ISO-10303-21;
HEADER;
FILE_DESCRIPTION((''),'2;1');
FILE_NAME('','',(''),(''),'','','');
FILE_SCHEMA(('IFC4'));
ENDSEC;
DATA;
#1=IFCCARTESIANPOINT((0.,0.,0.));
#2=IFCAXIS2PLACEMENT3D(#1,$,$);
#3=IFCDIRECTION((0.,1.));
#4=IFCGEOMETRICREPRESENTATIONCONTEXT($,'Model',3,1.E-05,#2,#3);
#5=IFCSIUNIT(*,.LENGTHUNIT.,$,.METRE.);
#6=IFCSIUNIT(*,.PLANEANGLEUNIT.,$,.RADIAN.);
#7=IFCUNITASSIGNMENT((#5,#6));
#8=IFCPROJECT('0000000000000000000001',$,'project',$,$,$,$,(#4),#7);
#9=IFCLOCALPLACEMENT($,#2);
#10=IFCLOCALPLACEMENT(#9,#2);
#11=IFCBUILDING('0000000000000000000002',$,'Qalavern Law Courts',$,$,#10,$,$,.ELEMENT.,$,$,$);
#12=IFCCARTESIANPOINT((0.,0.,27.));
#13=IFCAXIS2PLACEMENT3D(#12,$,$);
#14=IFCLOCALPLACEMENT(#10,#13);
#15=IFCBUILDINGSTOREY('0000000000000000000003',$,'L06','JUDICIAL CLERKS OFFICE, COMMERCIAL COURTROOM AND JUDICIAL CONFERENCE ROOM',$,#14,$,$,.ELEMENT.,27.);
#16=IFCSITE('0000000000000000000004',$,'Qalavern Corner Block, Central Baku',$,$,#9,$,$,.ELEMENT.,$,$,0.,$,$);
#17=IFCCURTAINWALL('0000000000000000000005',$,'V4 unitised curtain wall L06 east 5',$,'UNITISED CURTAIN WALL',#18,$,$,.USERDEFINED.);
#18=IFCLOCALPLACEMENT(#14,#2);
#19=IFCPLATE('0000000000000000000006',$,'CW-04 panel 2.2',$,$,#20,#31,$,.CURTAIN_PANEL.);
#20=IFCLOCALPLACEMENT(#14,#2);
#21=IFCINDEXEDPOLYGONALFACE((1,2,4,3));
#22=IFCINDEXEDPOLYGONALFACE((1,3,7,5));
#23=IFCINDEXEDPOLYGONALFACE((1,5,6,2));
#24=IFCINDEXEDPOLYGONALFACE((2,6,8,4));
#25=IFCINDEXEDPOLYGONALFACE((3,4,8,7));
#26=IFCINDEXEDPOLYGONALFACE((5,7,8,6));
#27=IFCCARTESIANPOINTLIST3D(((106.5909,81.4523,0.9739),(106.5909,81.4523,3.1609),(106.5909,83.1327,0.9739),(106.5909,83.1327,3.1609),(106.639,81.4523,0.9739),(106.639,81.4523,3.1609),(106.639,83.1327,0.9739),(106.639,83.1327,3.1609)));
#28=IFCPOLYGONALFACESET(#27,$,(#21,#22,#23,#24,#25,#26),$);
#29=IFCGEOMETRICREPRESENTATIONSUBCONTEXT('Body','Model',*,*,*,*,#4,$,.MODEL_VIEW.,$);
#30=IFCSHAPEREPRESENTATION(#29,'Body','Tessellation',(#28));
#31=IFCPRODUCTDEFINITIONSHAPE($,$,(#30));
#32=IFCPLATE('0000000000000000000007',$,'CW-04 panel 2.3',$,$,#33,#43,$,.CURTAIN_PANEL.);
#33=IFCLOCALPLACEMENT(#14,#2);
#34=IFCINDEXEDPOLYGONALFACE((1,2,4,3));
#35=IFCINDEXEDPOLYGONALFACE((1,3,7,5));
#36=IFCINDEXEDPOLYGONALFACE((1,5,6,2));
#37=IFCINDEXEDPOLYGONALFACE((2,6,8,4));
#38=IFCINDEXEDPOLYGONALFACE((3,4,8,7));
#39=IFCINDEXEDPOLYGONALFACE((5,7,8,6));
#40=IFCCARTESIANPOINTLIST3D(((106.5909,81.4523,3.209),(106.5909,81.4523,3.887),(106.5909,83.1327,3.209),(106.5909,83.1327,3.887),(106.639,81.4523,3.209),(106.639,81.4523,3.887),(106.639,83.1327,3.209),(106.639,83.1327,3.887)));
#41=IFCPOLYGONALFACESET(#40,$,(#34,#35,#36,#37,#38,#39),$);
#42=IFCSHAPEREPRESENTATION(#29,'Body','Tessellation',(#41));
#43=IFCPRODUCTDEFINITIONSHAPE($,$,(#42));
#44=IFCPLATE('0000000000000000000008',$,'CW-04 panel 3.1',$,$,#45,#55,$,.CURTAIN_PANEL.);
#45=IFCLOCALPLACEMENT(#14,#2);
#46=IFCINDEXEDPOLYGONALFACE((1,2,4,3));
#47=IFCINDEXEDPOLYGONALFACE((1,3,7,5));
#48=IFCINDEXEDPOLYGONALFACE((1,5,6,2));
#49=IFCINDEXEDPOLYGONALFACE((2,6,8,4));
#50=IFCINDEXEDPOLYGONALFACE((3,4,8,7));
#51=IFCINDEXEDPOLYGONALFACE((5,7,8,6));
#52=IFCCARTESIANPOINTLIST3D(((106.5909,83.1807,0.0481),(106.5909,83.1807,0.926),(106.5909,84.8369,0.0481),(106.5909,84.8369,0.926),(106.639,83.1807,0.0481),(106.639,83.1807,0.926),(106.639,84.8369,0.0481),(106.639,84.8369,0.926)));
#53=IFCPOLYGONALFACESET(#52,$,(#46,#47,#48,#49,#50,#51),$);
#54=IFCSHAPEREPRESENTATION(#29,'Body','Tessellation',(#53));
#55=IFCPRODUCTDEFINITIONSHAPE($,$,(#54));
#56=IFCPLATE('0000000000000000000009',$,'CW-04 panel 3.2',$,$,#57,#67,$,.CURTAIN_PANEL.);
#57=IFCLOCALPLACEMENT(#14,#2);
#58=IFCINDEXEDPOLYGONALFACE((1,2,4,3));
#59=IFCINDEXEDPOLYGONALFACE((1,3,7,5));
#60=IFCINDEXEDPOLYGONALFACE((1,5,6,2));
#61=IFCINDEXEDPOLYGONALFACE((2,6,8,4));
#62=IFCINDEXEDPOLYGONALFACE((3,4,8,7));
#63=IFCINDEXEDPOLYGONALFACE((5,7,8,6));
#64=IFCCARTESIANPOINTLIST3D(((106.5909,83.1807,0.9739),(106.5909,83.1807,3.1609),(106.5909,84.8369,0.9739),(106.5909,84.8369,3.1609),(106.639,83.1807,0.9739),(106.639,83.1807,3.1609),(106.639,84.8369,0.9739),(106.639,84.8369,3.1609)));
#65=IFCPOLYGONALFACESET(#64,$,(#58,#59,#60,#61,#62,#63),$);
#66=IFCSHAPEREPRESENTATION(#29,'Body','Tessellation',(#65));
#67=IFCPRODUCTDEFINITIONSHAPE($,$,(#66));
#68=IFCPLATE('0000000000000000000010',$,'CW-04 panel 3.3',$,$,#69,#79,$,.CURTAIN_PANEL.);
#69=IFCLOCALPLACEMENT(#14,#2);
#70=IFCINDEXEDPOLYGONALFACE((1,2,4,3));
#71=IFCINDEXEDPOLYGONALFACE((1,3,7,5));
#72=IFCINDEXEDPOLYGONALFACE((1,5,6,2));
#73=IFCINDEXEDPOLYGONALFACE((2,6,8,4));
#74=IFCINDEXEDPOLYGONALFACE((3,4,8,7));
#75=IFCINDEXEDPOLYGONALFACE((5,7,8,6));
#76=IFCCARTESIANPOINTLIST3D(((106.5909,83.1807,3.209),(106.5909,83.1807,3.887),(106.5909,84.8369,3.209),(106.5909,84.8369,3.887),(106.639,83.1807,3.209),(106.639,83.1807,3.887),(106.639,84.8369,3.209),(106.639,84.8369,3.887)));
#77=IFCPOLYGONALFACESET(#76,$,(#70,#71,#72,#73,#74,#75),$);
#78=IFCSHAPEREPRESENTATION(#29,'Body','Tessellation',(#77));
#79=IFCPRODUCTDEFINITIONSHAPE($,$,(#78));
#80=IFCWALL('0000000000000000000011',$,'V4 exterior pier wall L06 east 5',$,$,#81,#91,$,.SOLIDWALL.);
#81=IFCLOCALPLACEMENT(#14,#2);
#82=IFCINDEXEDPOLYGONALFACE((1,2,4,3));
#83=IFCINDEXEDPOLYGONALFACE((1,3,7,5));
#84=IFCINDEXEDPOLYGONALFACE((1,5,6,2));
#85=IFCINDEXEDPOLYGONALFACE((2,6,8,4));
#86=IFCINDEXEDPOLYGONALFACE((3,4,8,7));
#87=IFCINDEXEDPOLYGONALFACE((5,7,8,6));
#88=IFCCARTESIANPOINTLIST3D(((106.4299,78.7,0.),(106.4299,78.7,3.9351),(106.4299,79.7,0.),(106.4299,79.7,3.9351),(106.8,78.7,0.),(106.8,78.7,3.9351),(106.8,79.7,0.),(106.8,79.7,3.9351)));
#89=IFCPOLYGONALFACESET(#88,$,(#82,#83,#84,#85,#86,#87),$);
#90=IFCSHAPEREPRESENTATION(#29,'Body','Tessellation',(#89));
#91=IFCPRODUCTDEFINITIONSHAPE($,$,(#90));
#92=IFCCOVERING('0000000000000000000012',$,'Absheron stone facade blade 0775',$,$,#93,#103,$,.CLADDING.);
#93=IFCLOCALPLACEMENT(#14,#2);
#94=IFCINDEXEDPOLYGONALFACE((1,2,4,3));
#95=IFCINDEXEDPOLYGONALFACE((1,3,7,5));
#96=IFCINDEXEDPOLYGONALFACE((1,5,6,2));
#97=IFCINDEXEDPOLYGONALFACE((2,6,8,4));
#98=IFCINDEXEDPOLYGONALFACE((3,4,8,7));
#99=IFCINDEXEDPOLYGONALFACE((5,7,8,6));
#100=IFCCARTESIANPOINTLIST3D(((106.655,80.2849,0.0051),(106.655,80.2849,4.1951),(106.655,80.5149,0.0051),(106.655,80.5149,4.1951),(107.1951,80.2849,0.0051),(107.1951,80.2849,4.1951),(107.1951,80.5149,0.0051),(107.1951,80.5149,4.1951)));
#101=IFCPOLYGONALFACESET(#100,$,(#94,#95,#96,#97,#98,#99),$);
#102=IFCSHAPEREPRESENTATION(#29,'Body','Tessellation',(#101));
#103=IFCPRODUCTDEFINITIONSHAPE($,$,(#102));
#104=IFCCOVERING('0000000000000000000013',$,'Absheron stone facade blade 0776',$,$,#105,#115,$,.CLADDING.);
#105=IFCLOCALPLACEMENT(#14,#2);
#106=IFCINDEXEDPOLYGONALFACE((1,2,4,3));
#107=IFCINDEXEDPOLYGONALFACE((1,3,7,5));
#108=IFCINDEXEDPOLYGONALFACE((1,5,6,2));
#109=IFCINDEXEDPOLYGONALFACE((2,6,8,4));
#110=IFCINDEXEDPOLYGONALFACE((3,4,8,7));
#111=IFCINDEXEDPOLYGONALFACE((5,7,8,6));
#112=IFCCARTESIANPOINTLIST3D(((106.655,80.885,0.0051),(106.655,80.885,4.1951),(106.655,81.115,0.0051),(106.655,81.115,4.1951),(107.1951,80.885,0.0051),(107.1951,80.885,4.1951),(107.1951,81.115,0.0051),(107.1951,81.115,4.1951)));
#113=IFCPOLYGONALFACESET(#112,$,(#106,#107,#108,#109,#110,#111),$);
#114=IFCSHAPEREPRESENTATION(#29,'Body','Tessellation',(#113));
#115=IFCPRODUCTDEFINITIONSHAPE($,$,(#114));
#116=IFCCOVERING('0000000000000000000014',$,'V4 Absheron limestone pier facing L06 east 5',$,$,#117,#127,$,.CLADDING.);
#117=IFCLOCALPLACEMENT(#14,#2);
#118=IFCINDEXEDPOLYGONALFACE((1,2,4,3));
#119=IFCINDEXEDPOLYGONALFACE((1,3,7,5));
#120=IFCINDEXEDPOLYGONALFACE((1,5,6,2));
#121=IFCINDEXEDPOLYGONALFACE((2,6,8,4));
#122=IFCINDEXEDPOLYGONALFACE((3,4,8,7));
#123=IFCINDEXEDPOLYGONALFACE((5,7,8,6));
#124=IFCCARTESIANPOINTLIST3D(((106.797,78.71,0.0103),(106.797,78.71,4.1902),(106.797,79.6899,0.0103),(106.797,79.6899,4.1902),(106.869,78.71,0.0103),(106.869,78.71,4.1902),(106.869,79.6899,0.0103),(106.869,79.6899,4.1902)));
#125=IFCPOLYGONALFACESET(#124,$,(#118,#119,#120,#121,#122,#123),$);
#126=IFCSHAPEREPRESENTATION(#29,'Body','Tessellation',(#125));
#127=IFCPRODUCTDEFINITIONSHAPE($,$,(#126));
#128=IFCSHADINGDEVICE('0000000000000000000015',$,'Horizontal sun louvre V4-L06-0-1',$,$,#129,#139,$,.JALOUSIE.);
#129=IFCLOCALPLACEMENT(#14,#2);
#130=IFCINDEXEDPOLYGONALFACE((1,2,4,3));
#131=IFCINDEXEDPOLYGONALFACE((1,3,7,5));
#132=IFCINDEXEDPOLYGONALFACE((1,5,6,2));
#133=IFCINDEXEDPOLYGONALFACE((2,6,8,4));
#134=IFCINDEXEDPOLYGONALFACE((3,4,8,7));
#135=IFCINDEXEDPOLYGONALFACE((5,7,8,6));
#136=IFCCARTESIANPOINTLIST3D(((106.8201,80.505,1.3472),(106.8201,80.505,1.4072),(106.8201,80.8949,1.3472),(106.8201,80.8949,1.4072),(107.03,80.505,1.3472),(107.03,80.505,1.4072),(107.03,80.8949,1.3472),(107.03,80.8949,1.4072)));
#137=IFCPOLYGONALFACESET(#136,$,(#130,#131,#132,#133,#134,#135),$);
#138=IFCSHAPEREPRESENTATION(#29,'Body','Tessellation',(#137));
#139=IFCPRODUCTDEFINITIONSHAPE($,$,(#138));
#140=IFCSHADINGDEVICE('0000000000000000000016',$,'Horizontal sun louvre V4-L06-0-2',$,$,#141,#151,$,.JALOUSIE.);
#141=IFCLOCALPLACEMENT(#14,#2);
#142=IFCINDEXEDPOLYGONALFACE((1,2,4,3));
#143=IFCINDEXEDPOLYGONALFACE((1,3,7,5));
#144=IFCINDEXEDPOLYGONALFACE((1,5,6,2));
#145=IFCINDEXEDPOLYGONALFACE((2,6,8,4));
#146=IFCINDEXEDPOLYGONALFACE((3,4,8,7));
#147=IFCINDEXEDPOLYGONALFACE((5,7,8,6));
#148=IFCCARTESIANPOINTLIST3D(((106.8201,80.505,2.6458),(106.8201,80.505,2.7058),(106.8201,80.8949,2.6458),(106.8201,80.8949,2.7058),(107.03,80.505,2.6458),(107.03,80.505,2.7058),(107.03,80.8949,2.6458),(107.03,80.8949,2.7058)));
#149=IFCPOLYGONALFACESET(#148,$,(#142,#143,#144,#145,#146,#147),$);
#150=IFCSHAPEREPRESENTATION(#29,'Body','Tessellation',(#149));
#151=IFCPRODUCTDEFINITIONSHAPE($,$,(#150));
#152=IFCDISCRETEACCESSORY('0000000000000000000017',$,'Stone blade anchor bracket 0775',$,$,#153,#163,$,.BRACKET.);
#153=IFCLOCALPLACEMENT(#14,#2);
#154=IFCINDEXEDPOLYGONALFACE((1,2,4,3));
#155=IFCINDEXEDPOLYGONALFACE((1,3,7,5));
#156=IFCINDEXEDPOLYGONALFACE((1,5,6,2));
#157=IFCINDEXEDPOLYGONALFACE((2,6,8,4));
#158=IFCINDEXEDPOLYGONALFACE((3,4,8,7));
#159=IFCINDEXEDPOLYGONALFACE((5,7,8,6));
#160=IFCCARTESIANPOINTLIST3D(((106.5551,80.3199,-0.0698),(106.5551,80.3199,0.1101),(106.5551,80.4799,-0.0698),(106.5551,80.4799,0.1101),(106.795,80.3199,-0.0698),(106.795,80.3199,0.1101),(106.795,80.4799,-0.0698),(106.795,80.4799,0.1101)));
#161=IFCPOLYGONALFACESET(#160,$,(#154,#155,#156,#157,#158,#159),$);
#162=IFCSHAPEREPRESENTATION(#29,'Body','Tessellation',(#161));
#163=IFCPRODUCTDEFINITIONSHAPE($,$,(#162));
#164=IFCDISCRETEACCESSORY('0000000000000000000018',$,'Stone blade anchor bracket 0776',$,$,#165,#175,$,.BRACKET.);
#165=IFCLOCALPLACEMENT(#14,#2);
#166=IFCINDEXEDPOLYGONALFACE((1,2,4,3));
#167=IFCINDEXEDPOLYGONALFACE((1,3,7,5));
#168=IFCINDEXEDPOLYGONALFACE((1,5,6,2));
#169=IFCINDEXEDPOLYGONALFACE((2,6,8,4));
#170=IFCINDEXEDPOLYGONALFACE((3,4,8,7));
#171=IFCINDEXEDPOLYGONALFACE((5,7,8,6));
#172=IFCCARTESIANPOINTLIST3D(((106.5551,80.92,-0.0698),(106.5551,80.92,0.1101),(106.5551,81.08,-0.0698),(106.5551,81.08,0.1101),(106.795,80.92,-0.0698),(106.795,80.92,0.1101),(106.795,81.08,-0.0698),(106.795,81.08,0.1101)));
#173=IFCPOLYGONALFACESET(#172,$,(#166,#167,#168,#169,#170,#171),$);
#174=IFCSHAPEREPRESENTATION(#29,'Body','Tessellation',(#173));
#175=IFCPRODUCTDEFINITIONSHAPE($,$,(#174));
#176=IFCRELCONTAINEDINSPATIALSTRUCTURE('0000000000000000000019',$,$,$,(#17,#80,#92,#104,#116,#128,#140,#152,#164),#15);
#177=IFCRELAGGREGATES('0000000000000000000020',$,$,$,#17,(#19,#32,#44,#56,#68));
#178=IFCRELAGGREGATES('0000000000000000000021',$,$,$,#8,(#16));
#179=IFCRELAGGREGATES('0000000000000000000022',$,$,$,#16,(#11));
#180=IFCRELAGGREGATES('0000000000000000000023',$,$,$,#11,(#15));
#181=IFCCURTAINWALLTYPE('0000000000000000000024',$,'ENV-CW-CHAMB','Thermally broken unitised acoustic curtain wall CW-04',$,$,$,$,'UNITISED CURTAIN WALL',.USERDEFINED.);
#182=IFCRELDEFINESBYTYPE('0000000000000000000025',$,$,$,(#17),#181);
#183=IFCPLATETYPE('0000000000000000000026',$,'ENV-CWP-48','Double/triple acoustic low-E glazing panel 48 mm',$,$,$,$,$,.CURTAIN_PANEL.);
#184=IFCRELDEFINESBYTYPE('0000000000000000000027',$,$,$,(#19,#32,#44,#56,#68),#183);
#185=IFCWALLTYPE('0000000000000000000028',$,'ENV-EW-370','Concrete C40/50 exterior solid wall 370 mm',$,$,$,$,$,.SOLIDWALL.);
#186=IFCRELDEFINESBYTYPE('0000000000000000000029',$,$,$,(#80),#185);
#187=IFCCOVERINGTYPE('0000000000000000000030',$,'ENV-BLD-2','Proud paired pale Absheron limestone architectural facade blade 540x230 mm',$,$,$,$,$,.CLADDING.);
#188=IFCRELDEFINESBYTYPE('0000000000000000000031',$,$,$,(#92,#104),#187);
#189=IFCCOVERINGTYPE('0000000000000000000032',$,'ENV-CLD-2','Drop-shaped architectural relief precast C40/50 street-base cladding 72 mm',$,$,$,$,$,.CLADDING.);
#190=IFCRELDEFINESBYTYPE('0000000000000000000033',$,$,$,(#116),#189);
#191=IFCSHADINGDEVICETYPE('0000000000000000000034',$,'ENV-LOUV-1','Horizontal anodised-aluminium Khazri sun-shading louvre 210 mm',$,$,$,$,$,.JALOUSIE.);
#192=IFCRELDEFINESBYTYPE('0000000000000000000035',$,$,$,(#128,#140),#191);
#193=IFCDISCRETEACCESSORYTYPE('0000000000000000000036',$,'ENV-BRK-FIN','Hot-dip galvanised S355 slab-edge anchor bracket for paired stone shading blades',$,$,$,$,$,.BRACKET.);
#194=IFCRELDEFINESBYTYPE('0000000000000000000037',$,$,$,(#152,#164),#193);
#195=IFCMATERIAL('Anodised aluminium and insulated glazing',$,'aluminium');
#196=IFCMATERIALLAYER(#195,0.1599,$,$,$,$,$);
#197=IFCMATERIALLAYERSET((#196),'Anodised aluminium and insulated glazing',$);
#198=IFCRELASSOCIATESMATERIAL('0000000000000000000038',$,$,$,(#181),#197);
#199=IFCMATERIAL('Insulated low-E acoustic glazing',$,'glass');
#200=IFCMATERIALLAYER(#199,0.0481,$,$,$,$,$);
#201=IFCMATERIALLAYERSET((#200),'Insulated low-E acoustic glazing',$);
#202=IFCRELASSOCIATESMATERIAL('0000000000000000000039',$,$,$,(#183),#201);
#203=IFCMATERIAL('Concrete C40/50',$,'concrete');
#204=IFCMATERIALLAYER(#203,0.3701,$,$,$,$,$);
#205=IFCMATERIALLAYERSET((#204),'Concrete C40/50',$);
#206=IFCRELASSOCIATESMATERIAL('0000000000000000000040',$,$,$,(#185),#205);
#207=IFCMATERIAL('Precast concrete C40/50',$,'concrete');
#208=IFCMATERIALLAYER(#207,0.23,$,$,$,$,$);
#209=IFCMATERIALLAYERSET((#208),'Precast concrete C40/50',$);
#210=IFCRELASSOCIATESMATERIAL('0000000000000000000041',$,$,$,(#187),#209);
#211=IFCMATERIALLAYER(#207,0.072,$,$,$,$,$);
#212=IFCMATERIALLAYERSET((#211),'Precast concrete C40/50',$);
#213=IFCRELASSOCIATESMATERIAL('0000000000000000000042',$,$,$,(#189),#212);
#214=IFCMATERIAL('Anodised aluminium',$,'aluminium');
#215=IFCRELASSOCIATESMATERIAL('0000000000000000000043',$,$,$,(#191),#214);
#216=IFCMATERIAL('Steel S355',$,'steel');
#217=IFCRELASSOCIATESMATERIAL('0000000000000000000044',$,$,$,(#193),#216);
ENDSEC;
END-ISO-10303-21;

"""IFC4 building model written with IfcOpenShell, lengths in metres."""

from ifc_helpers import new_model, si_unit, direction, frame, frame_2d, origin, origin_2d, place, context, subcontext, project, spatial, rectangle, extrude, material, layer, layer_set, type_object, element, aggregate, save


model = new_model("IFC4")

# Units and contexts
model_context = context("Model", 3, precision=1e-05, world=origin(), true_north=direction((0.0, 1.0)))
body_context = subcontext(model_context, "Body", "Model", "MODEL_VIEW")
ifc_project = project(units=[si_unit("LENGTHUNIT", "METRE"), si_unit("PLANEANGLEUNIT", "RADIAN")], contexts=[model_context])

# Site, building, storey
site_placement = place(None, origin())
site = spatial("IfcSite", under=ifc_project, at=site_placement, Name="Qalavern Corner Block, Central Baku", CompositionType="ELEMENT", RefElevation=0.0)
building_placement = place(site_placement, origin())
building = spatial("IfcBuilding", under=site, at=building_placement, Name="Qalavern Law Courts", CompositionType="ELEMENT")
storey_placement = place(building_placement, frame((0.0, 0.0, 27.0)))
storey = spatial("IfcBuildingStorey", under=building, at=storey_placement, Name="L06", Description="JUDICIAL CLERKS OFFICE, COMMERCIAL COURTROOM AND JUDICIAL CONFERENCE ROOM", CompositionType="ELEMENT", Elevation=27.0)

# Curtain wall
ifc_material_1 = material(Name="Anodised aluminium and insulated glazing", Category="aluminium")
ifc_layer_1 = layer(ifc_material_1, 0.1599)
ifc_layer_set_1 = layer_set([ifc_layer_1], Name="Anodised aluminium and insulated glazing")
curtain_wall_type = type_object("IfcCurtainWallType", Name="ENV-CW-CHAMB", Description="Thermally broken unitised acoustic curtain wall CW-04", ElementType="UNITISED CURTAIN WALL", PredefinedType="USERDEFINED", material=ifc_layer_set_1)
curtain_wall_placement = place(storey_placement, origin())
curtain_wall = element("IfcCurtainWall", 1, at=curtain_wall_placement, inside=storey, type_object=curtain_wall_type, Name="V4 unitised curtain wall L06 east 5", ObjectType="UNITISED CURTAIN WALL", PredefinedType="USERDEFINED")
ifc_material_2 = material(Name="Anodised aluminium", Category="aluminium")

# Shared definitions
ifc_material_3 = material(Name="Steel S355", Category="steel")

# Plates
ifc_material_4 = material(Name="Insulated low-E acoustic glazing", Category="glass")
ifc_layer_2 = layer(ifc_material_4, 0.0481)
ifc_layer_set_2 = layer_set([ifc_layer_2], Name="Insulated low-E acoustic glazing")
plate_type = type_object("IfcPlateType", Name="ENV-CWP-48", Description="Double/triple acoustic low-E glazing panel 48 mm", PredefinedType="CURTAIN_PANEL", material=ifc_layer_set_2)
plate_1_placement = place(storey_placement, frame((106.615, 82.2925, 0.9739), z_axis=(0.0, 0.0, 1.0), x_axis=(0.0, 1.0, 0.0)))
plate_1 = element("IfcPlate", 2, at=plate_1_placement, type_object=plate_type, Name="CW-04 panel 2.2", PredefinedType="CURTAIN_PANEL", context=body_context, shape_type="SweptSolid", body=[
    extrude(rectangle(XDim=1.6804, YDim=0.0481, at=origin_2d()), origin(), (0.0, 0.0, 1.0), 2.187),
])
plate_2_placement = place(storey_placement, frame((106.615, 82.2925, 3.209), z_axis=(0.0, 0.0, 1.0), x_axis=(0.0, 1.0, 0.0)))
plate_2 = element("IfcPlate", 3, at=plate_2_placement, type_object=plate_type, Name="CW-04 panel 2.3", PredefinedType="CURTAIN_PANEL", context=body_context, shape_type="SweptSolid", body=[
    extrude(rectangle(XDim=1.6804, YDim=0.0481, at=origin_2d()), origin(), (0.0, 0.0, 1.0), 0.678),
])
plate_3_placement = place(storey_placement, frame((106.615, 84.0088, 0.0481), z_axis=(0.0, 0.0, 1.0), x_axis=(0.0, 1.0, 0.0)))
plate_3 = element("IfcPlate", 4, at=plate_3_placement, type_object=plate_type, Name="CW-04 panel 3.1", PredefinedType="CURTAIN_PANEL", context=body_context, shape_type="SweptSolid", body=[
    extrude(rectangle(XDim=1.6562, YDim=0.0481, at=origin_2d()), origin(), (0.0, 0.0, 1.0), 0.8779),
])
plate_4_placement = place(storey_placement, frame((106.615, 84.0088, 0.9739), z_axis=(0.0, 0.0, 1.0), x_axis=(0.0, 1.0, 0.0)))
plate_4 = element("IfcPlate", 5, at=plate_4_placement, type_object=plate_type, Name="CW-04 panel 3.2", PredefinedType="CURTAIN_PANEL", context=body_context, shape_type="SweptSolid", body=[
    extrude(rectangle(XDim=1.6562, YDim=0.0481, at=origin_2d()), origin(), (0.0, 0.0, 1.0), 2.187),
])
plate_5_placement = place(storey_placement, frame((106.615, 84.0088, 3.209), z_axis=(0.0, 0.0, 1.0), x_axis=(0.0, 1.0, 0.0)))
plate_5 = element("IfcPlate", 6, at=plate_5_placement, type_object=plate_type, Name="CW-04 panel 3.3", PredefinedType="CURTAIN_PANEL", context=body_context, shape_type="SweptSolid", body=[
    extrude(rectangle(XDim=1.6562, YDim=0.0481, at=origin_2d()), origin(), (0.0, 0.0, 1.0), 0.678),
])
aggregate(curtain_wall, [plate_1, plate_2, plate_3, plate_4, plate_5])

# Wall
ifc_material_5 = material(Name="Concrete C40/50", Category="concrete")
ifc_layer_3 = layer(ifc_material_5, 0.3701)
ifc_layer_set_3 = layer_set([ifc_layer_3], Name="Concrete C40/50")
wall_type = type_object("IfcWallType", Name="ENV-EW-370", Description="Concrete C40/50 exterior solid wall 370 mm", PredefinedType="SOLIDWALL", material=ifc_layer_set_3)
wall_placement = place(storey_placement, frame((106.615, 78.7, 0.0), z_axis=(0.0, 0.0, 1.0), x_axis=(0.0, 1.0, 0.0)))
element("IfcWall", 7, at=wall_placement, inside=storey, type_object=wall_type, Name="V4 exterior pier wall L06 east 5", PredefinedType="SOLIDWALL", context=body_context, shape_type="SweptSolid", body=[
    extrude(rectangle(XDim=1.0, YDim=0.3701, at=frame_2d((0.5, 0.0))), origin(), (0.0, 0.0, 1.0), 3.9351),
])

# Coverings
ifc_material_6 = material(Name="Precast concrete C40/50", Category="concrete")
ifc_layer_4 = layer(ifc_material_6, 0.23)
ifc_layer_set_4 = layer_set([ifc_layer_4], Name="Precast concrete C40/50")
covering_type_1 = type_object("IfcCoveringType", Name="ENV-BLD-2", Description="Proud paired pale Absheron limestone architectural facade blade 540x230 mm", PredefinedType="CLADDING", material=ifc_layer_set_4)
for number, where, z_axis, x_axis, name in (
    (8, (106.925, 80.3999, 0.0051), (0.0, 0.0, 1.0), (1.0, 0.0, 0.0), "Absheron stone facade blade 0775"),
    (9, (106.925, 81.0, 0.0051), (0.0, 0.0, 1.0), (1.0, 0.0, 0.0), "Absheron stone facade blade 0776"),
):
    element("IfcCovering", number, at=place(storey_placement, frame(where, z_axis=z_axis, x_axis=x_axis)), inside=storey, type_object=covering_type_1, Name=name, PredefinedType="CLADDING", context=body_context, shape_type="SweptSolid", body=[
        extrude(rectangle(XDim=0.54, YDim=0.23, at=origin_2d()), origin(), (0.0, 0.0, 1.0), 4.1899),
    ])
ifc_layer_5 = layer(ifc_material_6, 0.072)
ifc_layer_set_5 = layer_set([ifc_layer_5], Name="Precast concrete C40/50")
covering_type_2 = type_object("IfcCoveringType", Name="ENV-CLD-2", Description="Drop-shaped architectural relief precast C40/50 street-base cladding 72 mm", PredefinedType="CLADDING", material=ifc_layer_set_5)
covering_placement = place(storey_placement, frame((106.833, 79.2, 0.0103), z_axis=(0.0, 0.0, 1.0), x_axis=(0.0, 1.0, 0.0)))
element("IfcCovering", 10, at=covering_placement, inside=storey, type_object=covering_type_2, Name="V4 Absheron limestone pier facing L06 east 5", PredefinedType="CLADDING", context=body_context, shape_type="SweptSolid", body=[
    extrude(rectangle(XDim=0.98, YDim=0.072, at=origin_2d()), origin(), (0.0, 0.0, 1.0), 4.1799),
])

# Shading devices
shading_device_type = type_object("IfcShadingDeviceType", Name="ENV-LOUV-1", Description="Horizontal anodised-aluminium Khazri sun-shading louvre 210 mm", PredefinedType="JALOUSIE", material=ifc_material_2)
for number, where, z_axis, x_axis, name in (
    (11, (106.925, 80.7, 1.3472), (0.0, 0.0, 1.0), (0.0, 1.0, 0.0), "Horizontal sun louvre V4-L06-0-1"),
    (12, (106.925, 80.7, 2.6458), (0.0, 0.0, 1.0), (0.0, 1.0, 0.0), "Horizontal sun louvre V4-L06-0-2"),
):
    element("IfcShadingDevice", number, at=place(storey_placement, frame(where, z_axis=z_axis, x_axis=x_axis)), inside=storey, type_object=shading_device_type, Name=name, PredefinedType="JALOUSIE", context=body_context, shape_type="SweptSolid", body=[
        extrude(rectangle(XDim=0.3899, YDim=0.21, at=origin_2d()), origin(), (0.0, 0.0, 1.0), 0.0601),
    ])

# Discrete accessories
discrete_accessory_type = type_object("IfcDiscreteAccessoryType", Name="ENV-BRK-FIN", Description="Hot-dip galvanised S355 slab-edge anchor bracket for paired stone shading blades", PredefinedType="BRACKET", material=ifc_material_3)
for number, where, z_axis, x_axis, name in (
    (13, (106.675, 80.3999, -0.0698), (0.0, 0.0, 1.0), (1.0, 0.0, 0.0), "Stone blade anchor bracket 0775"),
    (14, (106.675, 81.0, -0.0698), (0.0, 0.0, 1.0), (1.0, 0.0, 0.0), "Stone blade anchor bracket 0776"),
):
    element("IfcDiscreteAccessory", number, at=place(storey_placement, frame(where, z_axis=z_axis, x_axis=x_axis)), inside=storey, type_object=discrete_accessory_type, Name=name, PredefinedType="BRACKET", context=body_context, shape_type="SweptSolid", body=[
        extrude(rectangle(XDim=0.24, YDim=0.1599, at=origin_2d()), origin(), (0.0, 0.0, 1.0), 0.1799),
    ])

save(model, "model.ifc")
